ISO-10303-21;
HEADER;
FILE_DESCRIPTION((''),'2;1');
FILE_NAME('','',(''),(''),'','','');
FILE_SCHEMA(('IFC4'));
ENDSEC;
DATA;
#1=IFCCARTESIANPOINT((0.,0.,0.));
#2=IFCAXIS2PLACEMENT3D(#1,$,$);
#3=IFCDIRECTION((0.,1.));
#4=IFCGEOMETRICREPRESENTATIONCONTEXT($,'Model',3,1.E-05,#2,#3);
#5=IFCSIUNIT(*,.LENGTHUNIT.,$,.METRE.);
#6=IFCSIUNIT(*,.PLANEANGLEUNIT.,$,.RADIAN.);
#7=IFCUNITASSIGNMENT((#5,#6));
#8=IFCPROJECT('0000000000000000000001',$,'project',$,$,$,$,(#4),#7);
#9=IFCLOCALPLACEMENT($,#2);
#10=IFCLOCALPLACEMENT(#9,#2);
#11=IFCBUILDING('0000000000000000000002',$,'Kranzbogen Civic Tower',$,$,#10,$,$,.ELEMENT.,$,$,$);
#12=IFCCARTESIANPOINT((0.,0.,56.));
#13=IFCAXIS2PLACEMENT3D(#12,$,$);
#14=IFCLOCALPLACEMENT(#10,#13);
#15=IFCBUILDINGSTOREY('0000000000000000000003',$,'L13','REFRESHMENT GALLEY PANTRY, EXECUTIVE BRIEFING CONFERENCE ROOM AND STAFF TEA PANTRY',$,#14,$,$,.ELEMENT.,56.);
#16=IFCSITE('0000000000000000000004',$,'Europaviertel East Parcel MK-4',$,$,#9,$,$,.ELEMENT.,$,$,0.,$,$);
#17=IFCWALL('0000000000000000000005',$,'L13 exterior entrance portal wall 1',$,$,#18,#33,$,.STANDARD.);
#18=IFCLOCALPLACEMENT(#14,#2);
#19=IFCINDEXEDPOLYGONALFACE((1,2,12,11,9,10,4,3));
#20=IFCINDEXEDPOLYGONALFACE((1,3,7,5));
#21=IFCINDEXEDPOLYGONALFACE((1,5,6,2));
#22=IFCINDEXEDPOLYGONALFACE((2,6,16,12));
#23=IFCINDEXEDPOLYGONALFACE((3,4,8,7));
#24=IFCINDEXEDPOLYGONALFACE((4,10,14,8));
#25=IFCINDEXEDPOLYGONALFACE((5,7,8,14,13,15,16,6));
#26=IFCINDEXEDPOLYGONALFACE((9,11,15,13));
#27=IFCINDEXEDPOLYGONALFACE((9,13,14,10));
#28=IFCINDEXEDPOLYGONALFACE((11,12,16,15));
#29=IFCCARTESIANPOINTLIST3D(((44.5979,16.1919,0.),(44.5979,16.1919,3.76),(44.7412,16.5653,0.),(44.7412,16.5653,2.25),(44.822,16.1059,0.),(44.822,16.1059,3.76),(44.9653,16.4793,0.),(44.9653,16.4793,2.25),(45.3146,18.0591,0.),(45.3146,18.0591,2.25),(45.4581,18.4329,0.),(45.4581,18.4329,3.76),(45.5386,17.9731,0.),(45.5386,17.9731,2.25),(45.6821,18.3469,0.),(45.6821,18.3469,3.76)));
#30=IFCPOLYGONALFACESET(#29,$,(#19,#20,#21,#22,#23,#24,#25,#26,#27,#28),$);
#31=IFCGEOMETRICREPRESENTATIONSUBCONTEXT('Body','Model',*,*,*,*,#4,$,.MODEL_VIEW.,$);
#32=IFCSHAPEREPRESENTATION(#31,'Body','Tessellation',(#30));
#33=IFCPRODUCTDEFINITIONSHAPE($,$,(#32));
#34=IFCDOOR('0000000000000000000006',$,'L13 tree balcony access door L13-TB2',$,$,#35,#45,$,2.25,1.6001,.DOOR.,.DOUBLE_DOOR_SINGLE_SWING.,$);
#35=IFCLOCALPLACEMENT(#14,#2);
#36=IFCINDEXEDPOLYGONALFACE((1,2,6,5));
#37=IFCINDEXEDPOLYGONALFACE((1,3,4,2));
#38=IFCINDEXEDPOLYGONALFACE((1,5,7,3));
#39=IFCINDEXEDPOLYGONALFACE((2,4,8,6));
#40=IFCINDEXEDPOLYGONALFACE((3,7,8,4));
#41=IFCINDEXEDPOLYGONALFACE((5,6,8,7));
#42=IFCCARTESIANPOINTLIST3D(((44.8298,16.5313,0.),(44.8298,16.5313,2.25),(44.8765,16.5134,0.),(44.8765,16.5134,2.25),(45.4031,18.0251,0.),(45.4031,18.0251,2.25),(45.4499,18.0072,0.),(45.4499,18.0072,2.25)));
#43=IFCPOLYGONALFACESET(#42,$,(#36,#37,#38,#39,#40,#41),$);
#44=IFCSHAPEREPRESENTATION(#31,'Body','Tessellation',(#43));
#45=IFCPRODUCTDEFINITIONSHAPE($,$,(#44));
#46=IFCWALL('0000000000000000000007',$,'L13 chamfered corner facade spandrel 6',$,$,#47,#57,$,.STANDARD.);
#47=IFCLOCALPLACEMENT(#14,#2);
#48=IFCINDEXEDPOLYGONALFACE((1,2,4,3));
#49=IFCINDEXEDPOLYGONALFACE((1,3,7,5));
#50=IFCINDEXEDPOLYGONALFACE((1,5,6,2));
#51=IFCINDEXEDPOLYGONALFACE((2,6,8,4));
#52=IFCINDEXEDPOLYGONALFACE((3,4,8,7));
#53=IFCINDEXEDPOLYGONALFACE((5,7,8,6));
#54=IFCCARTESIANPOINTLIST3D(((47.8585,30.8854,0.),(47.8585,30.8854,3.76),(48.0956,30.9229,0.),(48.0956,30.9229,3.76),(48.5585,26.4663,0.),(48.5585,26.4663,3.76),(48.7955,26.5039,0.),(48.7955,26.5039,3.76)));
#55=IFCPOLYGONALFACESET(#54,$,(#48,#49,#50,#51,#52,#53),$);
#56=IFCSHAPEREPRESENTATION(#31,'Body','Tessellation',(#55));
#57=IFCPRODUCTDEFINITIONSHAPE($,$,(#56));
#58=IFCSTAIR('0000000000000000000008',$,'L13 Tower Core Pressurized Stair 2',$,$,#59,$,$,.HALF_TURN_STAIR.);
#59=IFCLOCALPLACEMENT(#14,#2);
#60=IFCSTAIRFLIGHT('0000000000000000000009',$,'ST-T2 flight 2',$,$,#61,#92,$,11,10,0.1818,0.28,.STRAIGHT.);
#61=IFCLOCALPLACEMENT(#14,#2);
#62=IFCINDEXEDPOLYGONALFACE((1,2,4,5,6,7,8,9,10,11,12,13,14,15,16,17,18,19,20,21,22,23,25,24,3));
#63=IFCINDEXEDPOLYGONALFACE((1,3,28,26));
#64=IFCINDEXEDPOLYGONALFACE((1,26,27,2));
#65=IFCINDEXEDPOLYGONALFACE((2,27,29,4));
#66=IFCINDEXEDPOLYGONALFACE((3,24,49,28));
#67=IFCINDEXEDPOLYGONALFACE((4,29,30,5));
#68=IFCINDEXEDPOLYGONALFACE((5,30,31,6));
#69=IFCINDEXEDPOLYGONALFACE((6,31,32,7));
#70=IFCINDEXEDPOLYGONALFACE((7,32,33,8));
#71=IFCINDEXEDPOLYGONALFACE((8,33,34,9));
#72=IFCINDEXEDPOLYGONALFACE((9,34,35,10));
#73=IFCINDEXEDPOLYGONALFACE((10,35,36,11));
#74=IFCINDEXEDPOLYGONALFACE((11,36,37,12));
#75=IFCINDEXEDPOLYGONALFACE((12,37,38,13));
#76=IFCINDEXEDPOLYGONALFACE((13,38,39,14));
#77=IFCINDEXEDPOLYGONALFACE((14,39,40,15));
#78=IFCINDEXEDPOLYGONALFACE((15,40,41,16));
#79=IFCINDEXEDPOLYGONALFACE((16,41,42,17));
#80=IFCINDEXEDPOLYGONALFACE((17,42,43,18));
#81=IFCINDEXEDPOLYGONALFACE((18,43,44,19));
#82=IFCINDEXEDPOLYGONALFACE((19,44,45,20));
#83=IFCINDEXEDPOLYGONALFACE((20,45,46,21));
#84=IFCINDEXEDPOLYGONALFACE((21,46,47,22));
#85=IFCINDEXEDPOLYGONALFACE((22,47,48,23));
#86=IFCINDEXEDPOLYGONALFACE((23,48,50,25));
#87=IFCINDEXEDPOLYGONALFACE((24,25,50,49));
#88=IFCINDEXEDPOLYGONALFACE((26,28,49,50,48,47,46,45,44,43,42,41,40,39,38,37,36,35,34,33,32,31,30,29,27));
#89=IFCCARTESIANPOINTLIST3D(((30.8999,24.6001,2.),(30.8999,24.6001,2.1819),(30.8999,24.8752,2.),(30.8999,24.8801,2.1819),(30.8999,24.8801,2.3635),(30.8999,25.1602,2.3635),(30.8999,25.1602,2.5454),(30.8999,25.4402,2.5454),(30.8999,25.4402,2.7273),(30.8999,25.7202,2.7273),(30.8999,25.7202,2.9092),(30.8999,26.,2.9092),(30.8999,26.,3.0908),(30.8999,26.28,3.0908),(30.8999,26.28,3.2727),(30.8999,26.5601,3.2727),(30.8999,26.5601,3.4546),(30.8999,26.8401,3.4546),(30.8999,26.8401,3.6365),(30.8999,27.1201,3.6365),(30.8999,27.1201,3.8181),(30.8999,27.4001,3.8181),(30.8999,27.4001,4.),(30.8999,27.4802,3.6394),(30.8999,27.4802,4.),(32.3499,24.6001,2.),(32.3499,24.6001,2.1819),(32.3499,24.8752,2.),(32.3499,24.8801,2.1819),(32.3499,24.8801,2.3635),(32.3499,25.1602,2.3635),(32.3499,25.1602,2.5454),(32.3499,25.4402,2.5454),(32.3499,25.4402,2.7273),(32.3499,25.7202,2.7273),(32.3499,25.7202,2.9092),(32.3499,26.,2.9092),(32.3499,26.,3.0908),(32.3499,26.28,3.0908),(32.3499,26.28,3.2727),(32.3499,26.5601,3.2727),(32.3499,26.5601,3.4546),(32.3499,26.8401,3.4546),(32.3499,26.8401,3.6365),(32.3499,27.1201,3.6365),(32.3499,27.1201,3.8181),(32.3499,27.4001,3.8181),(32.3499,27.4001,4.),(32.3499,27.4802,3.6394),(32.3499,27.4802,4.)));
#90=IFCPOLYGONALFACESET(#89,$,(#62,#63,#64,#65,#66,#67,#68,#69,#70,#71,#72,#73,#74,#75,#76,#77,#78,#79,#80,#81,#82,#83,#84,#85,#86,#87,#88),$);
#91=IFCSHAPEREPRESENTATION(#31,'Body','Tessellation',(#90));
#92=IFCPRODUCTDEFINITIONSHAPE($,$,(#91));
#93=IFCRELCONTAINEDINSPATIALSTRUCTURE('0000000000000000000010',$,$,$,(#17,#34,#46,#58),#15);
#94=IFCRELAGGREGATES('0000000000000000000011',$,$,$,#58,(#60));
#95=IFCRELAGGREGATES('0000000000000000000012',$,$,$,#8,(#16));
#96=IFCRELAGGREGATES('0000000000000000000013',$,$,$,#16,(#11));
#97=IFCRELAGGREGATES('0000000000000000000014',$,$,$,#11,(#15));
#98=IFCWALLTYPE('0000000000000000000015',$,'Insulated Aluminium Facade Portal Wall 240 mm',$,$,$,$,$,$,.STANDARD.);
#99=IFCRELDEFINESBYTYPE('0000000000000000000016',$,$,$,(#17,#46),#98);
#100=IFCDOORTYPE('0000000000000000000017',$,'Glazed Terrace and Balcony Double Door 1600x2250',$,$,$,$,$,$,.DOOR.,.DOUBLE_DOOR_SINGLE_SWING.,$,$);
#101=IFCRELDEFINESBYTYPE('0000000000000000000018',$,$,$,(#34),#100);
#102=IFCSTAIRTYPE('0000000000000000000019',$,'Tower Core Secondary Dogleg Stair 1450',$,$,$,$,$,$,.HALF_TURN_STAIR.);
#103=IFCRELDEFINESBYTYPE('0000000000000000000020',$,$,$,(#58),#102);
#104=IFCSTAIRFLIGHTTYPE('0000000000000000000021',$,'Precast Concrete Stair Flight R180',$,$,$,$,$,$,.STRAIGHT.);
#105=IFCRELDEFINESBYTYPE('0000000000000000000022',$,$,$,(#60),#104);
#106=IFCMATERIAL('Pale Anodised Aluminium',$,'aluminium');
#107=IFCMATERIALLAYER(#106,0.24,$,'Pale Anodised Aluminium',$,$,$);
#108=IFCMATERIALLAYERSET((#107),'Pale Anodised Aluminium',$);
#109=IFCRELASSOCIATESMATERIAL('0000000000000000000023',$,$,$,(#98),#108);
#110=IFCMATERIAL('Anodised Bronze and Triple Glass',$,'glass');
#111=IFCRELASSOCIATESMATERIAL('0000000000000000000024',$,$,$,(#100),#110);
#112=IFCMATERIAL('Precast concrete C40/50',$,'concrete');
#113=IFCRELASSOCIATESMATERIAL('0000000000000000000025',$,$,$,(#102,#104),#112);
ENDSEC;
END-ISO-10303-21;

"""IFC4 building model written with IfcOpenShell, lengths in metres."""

from ifc_helpers import new_model, si_unit, direction, frame, frame_2d, origin, place, context, subcontext, project, spatial, polyline, rectangle, outline, extrude, material, layer, layer_set, type_object, element, fill, aggregate, save


model = new_model("IFC4")

# Units and contexts
model_context = context("Model", 3, precision=1e-05, world=origin(), true_north=direction((0.0, 1.0)))
body_context = subcontext(model_context, "Body", "Model", "MODEL_VIEW")
ifc_project = project(units=[si_unit("LENGTHUNIT", "METRE"), si_unit("PLANEANGLEUNIT", "RADIAN")], contexts=[model_context])

# Site, building, storey
site_placement = place(None, origin())
site = spatial("IfcSite", under=ifc_project, at=site_placement, Name="Europaviertel East Parcel MK-4", CompositionType="ELEMENT", RefElevation=0.0)
building_placement = place(site_placement, origin())
building = spatial("IfcBuilding", under=site, at=building_placement, Name="Kranzbogen Civic Tower", CompositionType="ELEMENT")
storey_placement = place(building_placement, frame((0.0, 0.0, 56.0)))
storey = spatial("IfcBuildingStorey", under=building, at=storey_placement, Name="L13", Description="REFRESHMENT GALLEY PANTRY, EXECUTIVE BRIEFING CONFERENCE ROOM AND STAFF TEA PANTRY", CompositionType="ELEMENT", Elevation=56.0)

# Shared definitions
ifc_material_1 = material(Name="Pale Anodised Aluminium", Category="aluminium")

# Shared definitions
ifc_layer_1 = layer(ifc_material_1, 0.24, Name="Pale Anodised Aluminium")
ifc_layer_set_1 = layer_set([ifc_layer_1], Name="Pale Anodised Aluminium")
wall_type_1 = type_object("IfcWallType", Name="Insulated Aluminium Facade Portal Wall 240 mm", PredefinedType="STANDARD", material=ifc_layer_set_1)

# Wall, opening, door
wall_1_placement = place(storey_placement, frame((44.71, 16.1489, 0.0), z_axis=(0.0, 0.0, 1.0), x_axis=(0.358325, 0.933597, 0.0)))
wall_1 = element("IfcWall", 1, at=wall_1_placement, inside=storey, type_object=wall_type_1, Name="L13 exterior entrance portal wall 1", PredefinedType="STANDARD", context=body_context, shape_type="SweptSolid", body=[
    extrude(rectangle(XDim=2.4004, YDim=0.24, at=frame_2d((1.2002, 0.0))), origin(), (0.0, 0.0, 1.0), 3.76),
])
opening_1_placement = place(wall_1_placement, frame((0.3999, 0.0, 0.0)))
opening_1 = element("IfcOpeningElement", 2, at=opening_1_placement, cuts=wall_1, PredefinedType="OPENING", context=body_context, shape_type="SweptSolid", body=[
    extrude(rectangle(XDim=1.6001, YDim=2.25, at=frame_2d((0.8, 1.125))), frame((0.0, 0.1299, 0.0), z_axis=(0.0, -1.0, 0.0), x_axis=(1.0, 0.0, 0.0)), (0.0, 0.0, 1.0), 0.26),
])
ifc_material_2 = material(Name="Anodised Bronze and Triple Glass", Category="glass")
door_type_1 = type_object("IfcDoorType", Name="Glazed Terrace and Balcony Double Door 1600x2250", OperationType="DOUBLE_DOOR_SINGLE_SWING", PredefinedType="DOOR", material=ifc_material_2)
door_1_placement = place(opening_1_placement, frame((1.6001, 0.0, 0.0), z_axis=(0.0, 0.0, 1.0), x_axis=(-1.0, 0.0, 0.0)))
door_1 = element("IfcDoor", 3, at=door_1_placement, inside=storey, type_object=door_type_1, Name="L13 tree balcony access door L13-TB2", OperationType="DOUBLE_DOOR_SINGLE_SWING", OverallHeight=2.25, OverallWidth=1.6001, PredefinedType="DOOR", context=body_context, shape_type="SweptSolid", body=[
    extrude(rectangle(XDim=1.6001, YDim=2.25, at=frame_2d((0.8, 1.125))), frame((0.0, 0.0249, 0.0), z_axis=(0.0, -1.0, 0.0), x_axis=(1.0, 0.0, 0.0)), (0.0, 0.0, 1.0), 0.05),
])
fill(opening_1, door_1)

# Wall
wall_2_placement = place(storey_placement, frame((48.677, 26.4851, 0.0), z_axis=(0.0, 0.0, 1.0), x_axis=(-0.156447, 0.987686, 0.0)))
element("IfcWall", 4, at=wall_2_placement, inside=storey, type_object=wall_type_1, Name="L13 chamfered corner facade spandrel 6", PredefinedType="STANDARD", context=body_context, shape_type="SweptSolid", body=[
    extrude(rectangle(XDim=4.4741, YDim=0.24, at=frame_2d((2.2371, 0.0))), origin(), (0.0, 0.0, 1.0), 3.76),
])

# Stair, stair flight
ifc_material_3 = material(Name="Precast concrete C40/50", Category="concrete")
stair_type = type_object("IfcStairType", Name="Tower Core Secondary Dogleg Stair 1450", PredefinedType="HALF_TURN_STAIR", material=ifc_material_3)
stair_placement = place(storey_placement, origin())
stair = element("IfcStair", 5, at=stair_placement, inside=storey, type_object=stair_type, Name="L13 Tower Core Pressurized Stair 2", PredefinedType="HALF_TURN_STAIR")
stair_flight_type = type_object("IfcStairFlightType", Name="Precast Concrete Stair Flight R180", PredefinedType="STRAIGHT", material=ifc_material_3)
stair_flight_placement = place(storey_placement, frame((31.625, 24.6001, 2.0), z_axis=(0.0, 0.0, 1.0), x_axis=(0.0, 1.0, 0.0)))
stair_flight = element("IfcStairFlight", 6, at=stair_flight_placement, type_object=stair_flight_type, Name="ST-T2 flight 2", NumberOfRisers=11, NumberOfTreads=10, PredefinedType="STRAIGHT", RiserHeight=0.1818, TreadLength=0.28, context=body_context, shape_type="SweptSolid", body=[
    extrude(outline(polyline([(0.0, 0.0), (0.0, 0.1819), (0.28, 0.1819), (0.28, 0.3635), (0.5601, 0.3635), (0.5601, 0.5454), (0.8401, 0.5454), (0.8401, 0.7273), (1.1201, 0.7273), (1.1201, 0.9092), (1.3999, 0.9092), (1.3999, 1.0908), (1.6799, 1.0908), (1.6799, 1.2727), (1.96, 1.2727), (1.96, 1.4546), (2.24, 1.4546), (2.24, 1.6365), (2.52, 1.6365), (2.52, 1.8181), (2.8, 1.8181), (2.8, 2.0), (2.8801, 2.0), (2.8801, 1.6394), (0.2751, 0.0), (0.0, 0.0)])), frame((0.0, 0.7251, 0.0), z_axis=(0.0, -1.0, 0.0), x_axis=(1.0, 0.0, 0.0)), (0.0, 0.0, 1.0), 1.45),
])
aggregate(stair, [stair_flight])

save(model, "model.ifc")
